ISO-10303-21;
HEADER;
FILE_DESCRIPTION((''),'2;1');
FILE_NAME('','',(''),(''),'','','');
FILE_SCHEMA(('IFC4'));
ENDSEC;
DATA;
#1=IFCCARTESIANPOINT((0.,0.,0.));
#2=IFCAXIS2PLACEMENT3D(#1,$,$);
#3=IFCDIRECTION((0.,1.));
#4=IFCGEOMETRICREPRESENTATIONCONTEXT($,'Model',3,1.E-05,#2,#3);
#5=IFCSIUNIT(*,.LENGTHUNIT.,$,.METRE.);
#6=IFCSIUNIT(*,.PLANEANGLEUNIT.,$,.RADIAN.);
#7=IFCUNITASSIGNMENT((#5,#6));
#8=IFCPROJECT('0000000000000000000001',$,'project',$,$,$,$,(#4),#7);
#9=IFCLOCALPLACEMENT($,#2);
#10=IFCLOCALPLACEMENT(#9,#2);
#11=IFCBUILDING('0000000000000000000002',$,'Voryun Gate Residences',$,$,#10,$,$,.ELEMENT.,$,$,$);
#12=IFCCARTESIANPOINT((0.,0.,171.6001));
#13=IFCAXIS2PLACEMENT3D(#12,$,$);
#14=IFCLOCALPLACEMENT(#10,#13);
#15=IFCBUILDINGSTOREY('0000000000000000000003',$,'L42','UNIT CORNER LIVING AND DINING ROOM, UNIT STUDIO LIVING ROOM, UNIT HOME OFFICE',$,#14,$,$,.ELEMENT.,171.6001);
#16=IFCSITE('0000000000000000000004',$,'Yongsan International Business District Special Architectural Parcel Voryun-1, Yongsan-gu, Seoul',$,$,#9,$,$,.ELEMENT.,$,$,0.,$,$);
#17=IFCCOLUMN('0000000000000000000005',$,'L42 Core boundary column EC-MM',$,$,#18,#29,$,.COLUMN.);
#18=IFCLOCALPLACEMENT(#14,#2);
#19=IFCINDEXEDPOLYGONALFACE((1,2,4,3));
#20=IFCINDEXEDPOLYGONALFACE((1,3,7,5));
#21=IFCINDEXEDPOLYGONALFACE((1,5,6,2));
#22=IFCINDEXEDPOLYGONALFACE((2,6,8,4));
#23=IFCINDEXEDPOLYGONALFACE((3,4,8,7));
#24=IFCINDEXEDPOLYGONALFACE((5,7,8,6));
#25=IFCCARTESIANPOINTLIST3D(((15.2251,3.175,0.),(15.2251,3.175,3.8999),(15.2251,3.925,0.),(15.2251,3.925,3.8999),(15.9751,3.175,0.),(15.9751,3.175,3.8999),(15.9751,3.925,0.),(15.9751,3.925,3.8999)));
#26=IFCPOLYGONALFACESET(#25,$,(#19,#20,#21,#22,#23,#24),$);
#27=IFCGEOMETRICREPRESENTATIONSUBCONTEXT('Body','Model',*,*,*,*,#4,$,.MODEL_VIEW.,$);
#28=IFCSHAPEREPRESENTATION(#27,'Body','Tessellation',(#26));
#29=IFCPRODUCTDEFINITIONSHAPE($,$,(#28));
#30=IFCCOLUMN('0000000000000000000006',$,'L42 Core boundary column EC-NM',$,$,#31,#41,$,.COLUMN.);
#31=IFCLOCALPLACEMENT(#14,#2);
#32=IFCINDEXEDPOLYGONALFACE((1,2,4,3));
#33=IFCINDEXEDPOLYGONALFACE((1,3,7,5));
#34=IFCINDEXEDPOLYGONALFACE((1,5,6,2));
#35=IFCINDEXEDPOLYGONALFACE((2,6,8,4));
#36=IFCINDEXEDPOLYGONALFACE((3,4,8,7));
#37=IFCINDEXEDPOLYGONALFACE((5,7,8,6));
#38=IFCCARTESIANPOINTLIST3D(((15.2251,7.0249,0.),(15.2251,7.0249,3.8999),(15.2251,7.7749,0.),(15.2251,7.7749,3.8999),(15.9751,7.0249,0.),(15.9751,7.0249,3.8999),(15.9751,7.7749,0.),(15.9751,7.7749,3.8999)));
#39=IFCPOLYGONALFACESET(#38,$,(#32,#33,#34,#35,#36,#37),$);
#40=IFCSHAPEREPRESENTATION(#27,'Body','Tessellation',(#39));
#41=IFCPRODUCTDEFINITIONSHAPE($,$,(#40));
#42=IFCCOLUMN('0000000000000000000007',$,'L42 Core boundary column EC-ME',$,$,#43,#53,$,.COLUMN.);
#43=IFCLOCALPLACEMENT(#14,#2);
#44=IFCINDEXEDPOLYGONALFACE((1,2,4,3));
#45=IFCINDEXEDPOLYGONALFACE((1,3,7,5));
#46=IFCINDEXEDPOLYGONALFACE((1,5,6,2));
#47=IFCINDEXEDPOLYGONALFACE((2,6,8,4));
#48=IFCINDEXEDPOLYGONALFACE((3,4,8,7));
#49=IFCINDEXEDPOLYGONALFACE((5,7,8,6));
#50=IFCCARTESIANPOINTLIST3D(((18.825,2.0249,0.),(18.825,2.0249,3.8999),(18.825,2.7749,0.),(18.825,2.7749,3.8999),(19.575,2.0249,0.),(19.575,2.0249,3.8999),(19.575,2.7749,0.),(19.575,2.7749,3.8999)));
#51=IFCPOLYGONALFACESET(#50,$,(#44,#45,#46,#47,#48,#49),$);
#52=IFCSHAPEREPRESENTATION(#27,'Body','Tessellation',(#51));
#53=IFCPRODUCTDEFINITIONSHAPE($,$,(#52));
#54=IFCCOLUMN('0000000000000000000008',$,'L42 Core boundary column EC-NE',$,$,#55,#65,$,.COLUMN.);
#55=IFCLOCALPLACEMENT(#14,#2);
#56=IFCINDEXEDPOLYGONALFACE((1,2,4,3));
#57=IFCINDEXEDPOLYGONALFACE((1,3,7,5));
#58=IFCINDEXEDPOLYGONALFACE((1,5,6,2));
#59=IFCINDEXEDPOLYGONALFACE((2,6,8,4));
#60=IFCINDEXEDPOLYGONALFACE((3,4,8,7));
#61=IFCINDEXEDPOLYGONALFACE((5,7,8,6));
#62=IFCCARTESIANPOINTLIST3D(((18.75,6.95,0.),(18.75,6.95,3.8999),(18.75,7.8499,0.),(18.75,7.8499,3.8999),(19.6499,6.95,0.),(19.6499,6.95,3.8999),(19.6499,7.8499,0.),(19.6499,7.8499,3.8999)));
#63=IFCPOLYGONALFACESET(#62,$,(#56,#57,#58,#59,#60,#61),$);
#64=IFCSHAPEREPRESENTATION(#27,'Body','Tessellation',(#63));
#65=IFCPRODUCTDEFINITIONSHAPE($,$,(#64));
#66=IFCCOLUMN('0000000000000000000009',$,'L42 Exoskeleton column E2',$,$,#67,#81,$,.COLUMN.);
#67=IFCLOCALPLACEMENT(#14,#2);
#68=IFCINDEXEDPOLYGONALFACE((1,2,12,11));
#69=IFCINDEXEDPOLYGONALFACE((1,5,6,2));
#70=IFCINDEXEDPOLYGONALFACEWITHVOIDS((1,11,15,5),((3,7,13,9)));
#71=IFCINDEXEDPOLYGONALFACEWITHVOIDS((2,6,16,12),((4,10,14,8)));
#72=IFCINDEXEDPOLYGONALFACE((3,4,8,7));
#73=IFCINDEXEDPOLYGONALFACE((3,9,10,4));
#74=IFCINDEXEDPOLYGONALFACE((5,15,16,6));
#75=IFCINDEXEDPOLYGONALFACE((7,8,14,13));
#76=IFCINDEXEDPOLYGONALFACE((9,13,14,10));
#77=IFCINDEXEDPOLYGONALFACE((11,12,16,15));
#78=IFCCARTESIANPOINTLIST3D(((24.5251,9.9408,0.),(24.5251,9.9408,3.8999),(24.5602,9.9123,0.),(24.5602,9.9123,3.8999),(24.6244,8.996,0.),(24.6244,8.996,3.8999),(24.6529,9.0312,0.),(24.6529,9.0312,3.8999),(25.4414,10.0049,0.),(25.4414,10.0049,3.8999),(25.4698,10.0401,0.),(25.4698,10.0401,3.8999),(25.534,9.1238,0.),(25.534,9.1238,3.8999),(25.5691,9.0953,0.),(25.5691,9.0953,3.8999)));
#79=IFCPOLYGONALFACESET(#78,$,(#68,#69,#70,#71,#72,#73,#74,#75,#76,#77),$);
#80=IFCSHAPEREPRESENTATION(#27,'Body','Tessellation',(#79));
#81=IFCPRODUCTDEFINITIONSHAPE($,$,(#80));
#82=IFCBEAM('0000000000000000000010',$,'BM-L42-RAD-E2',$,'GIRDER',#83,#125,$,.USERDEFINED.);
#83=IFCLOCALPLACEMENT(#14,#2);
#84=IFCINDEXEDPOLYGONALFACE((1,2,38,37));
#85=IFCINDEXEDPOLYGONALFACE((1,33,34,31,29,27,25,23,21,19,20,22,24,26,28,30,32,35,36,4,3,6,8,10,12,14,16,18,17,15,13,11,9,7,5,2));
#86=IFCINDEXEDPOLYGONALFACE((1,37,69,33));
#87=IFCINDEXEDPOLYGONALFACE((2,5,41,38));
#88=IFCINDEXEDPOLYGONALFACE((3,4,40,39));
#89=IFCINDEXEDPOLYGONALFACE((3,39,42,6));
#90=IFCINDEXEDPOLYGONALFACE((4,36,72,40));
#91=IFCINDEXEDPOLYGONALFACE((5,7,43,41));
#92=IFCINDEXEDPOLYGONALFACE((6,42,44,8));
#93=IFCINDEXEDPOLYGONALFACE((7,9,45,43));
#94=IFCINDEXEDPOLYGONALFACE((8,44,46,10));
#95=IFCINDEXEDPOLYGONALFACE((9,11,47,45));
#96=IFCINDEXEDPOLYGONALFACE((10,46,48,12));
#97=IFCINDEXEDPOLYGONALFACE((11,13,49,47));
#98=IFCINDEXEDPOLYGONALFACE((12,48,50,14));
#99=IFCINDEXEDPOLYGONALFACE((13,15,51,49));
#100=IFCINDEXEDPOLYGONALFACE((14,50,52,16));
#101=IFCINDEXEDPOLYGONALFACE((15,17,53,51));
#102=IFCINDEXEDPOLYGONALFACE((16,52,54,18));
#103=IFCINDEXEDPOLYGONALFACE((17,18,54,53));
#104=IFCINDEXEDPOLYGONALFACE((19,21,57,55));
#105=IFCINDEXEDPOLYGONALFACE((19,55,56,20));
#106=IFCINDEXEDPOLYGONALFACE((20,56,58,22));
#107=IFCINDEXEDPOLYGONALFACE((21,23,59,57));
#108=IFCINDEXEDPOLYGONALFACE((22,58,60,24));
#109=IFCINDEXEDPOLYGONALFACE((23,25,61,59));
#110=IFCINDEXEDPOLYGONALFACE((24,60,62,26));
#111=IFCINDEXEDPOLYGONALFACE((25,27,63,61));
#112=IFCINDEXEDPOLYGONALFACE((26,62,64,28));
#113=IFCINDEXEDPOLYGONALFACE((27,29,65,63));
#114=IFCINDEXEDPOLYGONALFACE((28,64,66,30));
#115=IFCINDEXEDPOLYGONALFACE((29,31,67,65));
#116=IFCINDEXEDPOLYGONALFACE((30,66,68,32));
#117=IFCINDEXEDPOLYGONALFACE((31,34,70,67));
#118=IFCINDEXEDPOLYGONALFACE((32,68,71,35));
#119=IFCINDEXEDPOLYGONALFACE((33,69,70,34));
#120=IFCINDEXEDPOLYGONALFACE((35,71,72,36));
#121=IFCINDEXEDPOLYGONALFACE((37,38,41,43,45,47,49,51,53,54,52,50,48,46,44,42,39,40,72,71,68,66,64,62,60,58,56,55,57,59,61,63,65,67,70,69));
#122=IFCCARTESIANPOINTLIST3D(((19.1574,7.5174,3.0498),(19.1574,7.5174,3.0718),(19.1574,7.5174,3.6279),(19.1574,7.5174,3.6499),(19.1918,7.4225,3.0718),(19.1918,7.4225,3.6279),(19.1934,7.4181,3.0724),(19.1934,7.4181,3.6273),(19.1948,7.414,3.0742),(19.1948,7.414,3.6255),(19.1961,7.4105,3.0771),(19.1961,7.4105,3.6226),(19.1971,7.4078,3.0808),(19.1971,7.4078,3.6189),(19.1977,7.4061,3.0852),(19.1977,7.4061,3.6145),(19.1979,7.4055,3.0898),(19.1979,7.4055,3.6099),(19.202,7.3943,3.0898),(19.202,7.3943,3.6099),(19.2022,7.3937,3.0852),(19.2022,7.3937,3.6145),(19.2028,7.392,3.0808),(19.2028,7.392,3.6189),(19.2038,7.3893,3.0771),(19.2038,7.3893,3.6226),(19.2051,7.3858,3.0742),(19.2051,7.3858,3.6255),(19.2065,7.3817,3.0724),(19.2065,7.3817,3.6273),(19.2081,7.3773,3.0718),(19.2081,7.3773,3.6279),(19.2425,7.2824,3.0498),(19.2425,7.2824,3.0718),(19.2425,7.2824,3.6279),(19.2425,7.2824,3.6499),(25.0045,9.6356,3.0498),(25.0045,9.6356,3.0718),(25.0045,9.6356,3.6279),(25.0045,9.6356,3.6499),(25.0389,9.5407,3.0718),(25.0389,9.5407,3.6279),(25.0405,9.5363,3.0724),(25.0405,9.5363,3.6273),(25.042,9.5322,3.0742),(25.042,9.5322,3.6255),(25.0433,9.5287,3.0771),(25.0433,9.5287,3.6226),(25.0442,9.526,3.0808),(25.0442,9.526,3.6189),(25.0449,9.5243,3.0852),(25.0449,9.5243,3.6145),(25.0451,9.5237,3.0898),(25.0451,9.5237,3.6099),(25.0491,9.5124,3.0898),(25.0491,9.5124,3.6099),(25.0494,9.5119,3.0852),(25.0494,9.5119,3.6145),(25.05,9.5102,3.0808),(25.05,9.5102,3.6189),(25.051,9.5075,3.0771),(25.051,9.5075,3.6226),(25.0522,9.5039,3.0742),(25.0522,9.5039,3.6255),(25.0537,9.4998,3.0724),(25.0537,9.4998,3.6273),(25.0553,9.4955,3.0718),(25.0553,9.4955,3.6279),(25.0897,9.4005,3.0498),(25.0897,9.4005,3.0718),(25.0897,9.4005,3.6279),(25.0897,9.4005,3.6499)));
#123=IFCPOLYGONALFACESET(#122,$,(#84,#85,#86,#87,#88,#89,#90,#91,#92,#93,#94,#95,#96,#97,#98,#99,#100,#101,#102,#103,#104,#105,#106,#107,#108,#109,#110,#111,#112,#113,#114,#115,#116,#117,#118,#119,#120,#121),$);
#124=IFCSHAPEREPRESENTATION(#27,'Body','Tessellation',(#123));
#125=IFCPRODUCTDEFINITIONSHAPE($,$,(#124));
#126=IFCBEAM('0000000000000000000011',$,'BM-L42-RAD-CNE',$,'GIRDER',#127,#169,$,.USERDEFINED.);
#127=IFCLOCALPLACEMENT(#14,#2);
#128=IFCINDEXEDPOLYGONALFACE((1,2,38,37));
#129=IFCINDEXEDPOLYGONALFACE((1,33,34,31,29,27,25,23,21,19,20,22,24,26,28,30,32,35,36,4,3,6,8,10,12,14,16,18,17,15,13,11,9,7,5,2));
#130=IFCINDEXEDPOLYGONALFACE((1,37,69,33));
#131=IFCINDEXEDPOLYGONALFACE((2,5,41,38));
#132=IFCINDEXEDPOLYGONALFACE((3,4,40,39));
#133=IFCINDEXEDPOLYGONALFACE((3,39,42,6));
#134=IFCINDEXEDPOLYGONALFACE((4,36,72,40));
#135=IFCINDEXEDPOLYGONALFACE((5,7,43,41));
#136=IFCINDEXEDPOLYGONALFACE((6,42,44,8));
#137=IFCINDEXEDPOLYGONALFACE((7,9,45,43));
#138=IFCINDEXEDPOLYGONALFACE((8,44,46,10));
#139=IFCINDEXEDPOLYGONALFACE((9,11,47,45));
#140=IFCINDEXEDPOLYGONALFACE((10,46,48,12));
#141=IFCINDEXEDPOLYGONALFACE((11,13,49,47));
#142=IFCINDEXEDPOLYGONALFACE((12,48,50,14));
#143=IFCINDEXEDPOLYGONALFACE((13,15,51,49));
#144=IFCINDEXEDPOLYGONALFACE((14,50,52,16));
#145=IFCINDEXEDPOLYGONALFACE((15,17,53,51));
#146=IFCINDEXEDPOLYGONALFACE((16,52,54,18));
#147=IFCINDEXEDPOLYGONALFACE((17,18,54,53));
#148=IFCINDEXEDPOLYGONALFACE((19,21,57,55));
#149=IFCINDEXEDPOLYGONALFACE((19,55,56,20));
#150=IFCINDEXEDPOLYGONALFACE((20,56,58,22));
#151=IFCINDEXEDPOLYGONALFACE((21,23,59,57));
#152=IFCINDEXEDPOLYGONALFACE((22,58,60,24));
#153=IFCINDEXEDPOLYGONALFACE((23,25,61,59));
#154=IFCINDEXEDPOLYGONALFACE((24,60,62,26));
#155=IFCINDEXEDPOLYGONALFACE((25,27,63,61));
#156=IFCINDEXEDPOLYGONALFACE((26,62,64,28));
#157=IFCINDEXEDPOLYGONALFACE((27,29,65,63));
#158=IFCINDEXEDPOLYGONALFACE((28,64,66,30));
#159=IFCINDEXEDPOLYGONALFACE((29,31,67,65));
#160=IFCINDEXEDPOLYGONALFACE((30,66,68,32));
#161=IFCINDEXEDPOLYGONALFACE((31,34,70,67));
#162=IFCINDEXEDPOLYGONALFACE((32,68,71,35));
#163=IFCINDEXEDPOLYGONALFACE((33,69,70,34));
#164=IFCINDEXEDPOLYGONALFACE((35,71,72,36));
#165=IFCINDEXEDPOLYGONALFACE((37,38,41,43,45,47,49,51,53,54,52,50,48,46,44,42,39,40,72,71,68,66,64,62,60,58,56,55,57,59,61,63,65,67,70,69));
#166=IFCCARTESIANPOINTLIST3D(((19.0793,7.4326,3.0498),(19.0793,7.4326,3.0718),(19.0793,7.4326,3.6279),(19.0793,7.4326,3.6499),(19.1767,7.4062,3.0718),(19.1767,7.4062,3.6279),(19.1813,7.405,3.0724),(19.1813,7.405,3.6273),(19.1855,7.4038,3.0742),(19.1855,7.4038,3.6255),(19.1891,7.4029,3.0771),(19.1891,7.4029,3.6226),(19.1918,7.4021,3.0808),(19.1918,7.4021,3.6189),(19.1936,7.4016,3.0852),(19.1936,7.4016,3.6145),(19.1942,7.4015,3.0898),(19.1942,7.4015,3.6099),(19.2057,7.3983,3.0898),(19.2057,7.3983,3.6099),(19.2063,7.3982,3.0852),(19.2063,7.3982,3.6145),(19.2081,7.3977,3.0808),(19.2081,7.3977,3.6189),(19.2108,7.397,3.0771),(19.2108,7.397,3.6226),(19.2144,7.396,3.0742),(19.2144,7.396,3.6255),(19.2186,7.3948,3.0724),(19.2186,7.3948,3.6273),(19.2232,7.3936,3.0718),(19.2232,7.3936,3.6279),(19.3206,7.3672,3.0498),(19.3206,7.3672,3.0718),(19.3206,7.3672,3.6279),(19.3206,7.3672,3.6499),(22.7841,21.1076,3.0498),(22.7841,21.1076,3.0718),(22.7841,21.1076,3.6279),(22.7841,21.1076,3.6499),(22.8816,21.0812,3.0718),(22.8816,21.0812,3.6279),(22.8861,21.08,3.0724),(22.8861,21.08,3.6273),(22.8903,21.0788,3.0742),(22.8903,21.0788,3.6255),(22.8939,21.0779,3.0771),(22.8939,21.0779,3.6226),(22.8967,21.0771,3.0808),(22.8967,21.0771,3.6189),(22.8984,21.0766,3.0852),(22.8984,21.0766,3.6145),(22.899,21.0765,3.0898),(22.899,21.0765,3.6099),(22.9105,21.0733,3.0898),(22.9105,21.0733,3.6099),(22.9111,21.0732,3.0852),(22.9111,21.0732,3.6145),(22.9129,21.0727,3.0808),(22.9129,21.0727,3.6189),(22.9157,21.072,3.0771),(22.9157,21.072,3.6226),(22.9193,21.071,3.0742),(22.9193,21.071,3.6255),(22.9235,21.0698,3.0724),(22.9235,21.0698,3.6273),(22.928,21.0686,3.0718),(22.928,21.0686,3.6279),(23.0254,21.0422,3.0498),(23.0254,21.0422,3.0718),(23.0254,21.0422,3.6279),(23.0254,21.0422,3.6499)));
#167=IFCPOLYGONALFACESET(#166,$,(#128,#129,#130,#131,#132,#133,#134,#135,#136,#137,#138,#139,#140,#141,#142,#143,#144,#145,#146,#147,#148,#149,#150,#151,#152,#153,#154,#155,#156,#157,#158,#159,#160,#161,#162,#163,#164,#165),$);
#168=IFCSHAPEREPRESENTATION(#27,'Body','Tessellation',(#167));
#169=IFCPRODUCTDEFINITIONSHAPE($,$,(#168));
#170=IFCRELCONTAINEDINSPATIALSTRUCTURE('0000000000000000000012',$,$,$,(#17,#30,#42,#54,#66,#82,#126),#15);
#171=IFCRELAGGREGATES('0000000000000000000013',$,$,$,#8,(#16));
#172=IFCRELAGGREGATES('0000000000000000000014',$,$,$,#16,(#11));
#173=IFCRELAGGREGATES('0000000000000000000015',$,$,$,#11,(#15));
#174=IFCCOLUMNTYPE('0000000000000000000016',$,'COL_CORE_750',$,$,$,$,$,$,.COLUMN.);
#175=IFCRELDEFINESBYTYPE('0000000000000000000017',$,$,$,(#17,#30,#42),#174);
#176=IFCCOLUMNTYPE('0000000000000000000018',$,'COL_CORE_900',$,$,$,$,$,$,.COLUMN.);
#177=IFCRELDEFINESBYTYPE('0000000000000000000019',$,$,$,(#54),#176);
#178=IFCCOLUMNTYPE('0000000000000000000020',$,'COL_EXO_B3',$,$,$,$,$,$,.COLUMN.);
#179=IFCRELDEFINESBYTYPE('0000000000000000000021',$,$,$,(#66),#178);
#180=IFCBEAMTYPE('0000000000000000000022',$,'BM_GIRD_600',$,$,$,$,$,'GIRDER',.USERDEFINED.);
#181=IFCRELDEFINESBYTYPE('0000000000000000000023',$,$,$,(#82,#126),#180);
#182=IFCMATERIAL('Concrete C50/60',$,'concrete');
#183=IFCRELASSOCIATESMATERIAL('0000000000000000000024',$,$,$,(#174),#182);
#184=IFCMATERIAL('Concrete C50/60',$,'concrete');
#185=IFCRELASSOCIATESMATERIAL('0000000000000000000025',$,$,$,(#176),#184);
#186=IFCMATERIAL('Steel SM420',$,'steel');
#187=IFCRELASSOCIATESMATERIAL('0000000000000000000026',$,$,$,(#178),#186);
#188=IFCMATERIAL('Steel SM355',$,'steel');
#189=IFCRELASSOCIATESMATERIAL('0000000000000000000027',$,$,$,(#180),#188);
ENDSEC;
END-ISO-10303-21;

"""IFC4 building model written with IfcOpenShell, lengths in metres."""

from ifc_helpers import new_model, si_unit, direction, frame, origin, origin_2d, place, context, subcontext, project, spatial, rectangle, hollow_rectangle, i_section, extrude, material, material_profile, profile_set, type_object, element, save


model = new_model("IFC4")

# Units and contexts
model_context = context("Model", 3, precision=1e-05, world=origin(), true_north=direction((0.0, 1.0)))
body_context = subcontext(model_context, "Body", "Model", "MODEL_VIEW")
ifc_project = project(units=[si_unit("LENGTHUNIT", "METRE"), si_unit("PLANEANGLEUNIT", "RADIAN")], contexts=[model_context])

# Site, building, storey
site_placement = place(None, origin())
site = spatial("IfcSite", under=ifc_project, at=site_placement, Name="Yongsan International Business District Special Architectural Parcel Voryun-1, Yongsan-gu, Seoul", CompositionType="ELEMENT", RefElevation=0.0)
building_placement = place(site_placement, origin())
building = spatial("IfcBuilding", under=site, at=building_placement, Name="Voryun Gate Residences", CompositionType="ELEMENT")
storey_placement = place(building_placement, frame((0.0, 0.0, 171.6001)))
storey = spatial("IfcBuildingStorey", under=building, at=storey_placement, Name="L42", Description="UNIT CORNER LIVING AND DINING ROOM, UNIT STUDIO LIVING ROOM, UNIT HOME OFFICE", CompositionType="ELEMENT", Elevation=171.6001)

# Columns
ifc_material_1 = material(Name="Concrete C50/60", Category="concrete")
ifc_material_profile_1 = material_profile(ifc_material_1, rectangle(XDim=0.75, YDim=0.75, at=origin_2d()), Name="RC-750x750")
ifc_profile_set_1 = profile_set([ifc_material_profile_1], Name="Concrete C50/60")
column_type_1 = type_object("IfcColumnType", Name="COL_CORE_750", PredefinedType="COLUMN", material=ifc_profile_set_1)
for number, where, z_axis, x_axis, name in (
    (1, (15.6001, 3.55, 0.0), (0.0, 0.0, 1.0), (1.0, 0.0, 0.0), "L42 Core boundary column EC-MM"),
    (2, (15.6001, 7.3999, 0.0), (0.0, 0.0, 1.0), (1.0, 0.0, 0.0), "L42 Core boundary column EC-NM"),
    (3, (19.2, 2.3999, 0.0), (0.0, 0.0, 1.0), (1.0, 0.0, 0.0), "L42 Core boundary column EC-ME"),
):
    element("IfcColumn", number, at=place(storey_placement, frame(where, z_axis=z_axis, x_axis=x_axis)), inside=storey, type_object=column_type_1, Name=name, PredefinedType="COLUMN", context=body_context, shape_type="SweptSolid", body=[
        extrude(rectangle(XDim=0.75, YDim=0.75, at=origin_2d()), origin(), (0.0, 0.0, 1.0), 3.8999),
    ])
ifc_material_2 = material(Name="Concrete C50/60", Category="concrete")
ifc_material_profile_2 = material_profile(ifc_material_2, rectangle(XDim=0.8999, YDim=0.8999, at=origin_2d()), Name="RC-900x900")
ifc_profile_set_2 = profile_set([ifc_material_profile_2], Name="Concrete C50/60")
column_type_2 = type_object("IfcColumnType", Name="COL_CORE_900", PredefinedType="COLUMN", material=ifc_profile_set_2)
column_1_placement = place(storey_placement, frame((19.2, 7.3999, 0.0), z_axis=(0.0, 0.0, 1.0), x_axis=(1.0, 0.0, 0.0)))
element("IfcColumn", 4, at=column_1_placement, inside=storey, type_object=column_type_2, Name="L42 Core boundary column EC-NE", PredefinedType="COLUMN", context=body_context, shape_type="SweptSolid", body=[
    extrude(rectangle(XDim=0.8999, YDim=0.8999, at=origin_2d()), origin(), (0.0, 0.0, 1.0), 3.8999),
])
ifc_material_3 = material(Name="Steel SM420", Category="steel")
ifc_material_profile_3 = material_profile(ifc_material_3, hollow_rectangle(XDim=0.95, YDim=0.95, WallThickness=0.032, at=origin_2d()), Name="BOX-950x950x32")
ifc_profile_set_3 = profile_set([ifc_material_profile_3], Name="Steel SM420")
column_type_3 = type_object("IfcColumnType", Name="COL_EXO_B3", PredefinedType="COLUMN", material=ifc_profile_set_3)
column_2_placement = place(storey_placement, frame((25.0471, 9.5181, 0.0), z_axis=(0.0, 0.0, 1.0), x_axis=(0.994522, 0.104528, 0.0)))
element("IfcColumn", 5, at=column_2_placement, inside=storey, type_object=column_type_3, Name="L42 Exoskeleton column E2", PredefinedType="COLUMN", context=body_context, shape_type="SweptSolid", body=[
    extrude(hollow_rectangle(XDim=0.95, YDim=0.95, WallThickness=0.032, at=origin_2d()), origin(), (0.0, 0.0, 1.0), 3.8999),
])

# Beams
ifc_material_4 = material(Name="Steel SM355", Category="steel")
ifc_material_profile_4 = material_profile(ifc_material_4, i_section(OverallWidth=0.25, OverallDepth=0.6001, WebThickness=0.012, FlangeThickness=0.022, FilletRadius=0.0181, at=origin_2d()), Name="H-600x250x12x22")
ifc_profile_set_4 = profile_set([ifc_material_profile_4], Name="Steel SM355")
beam_type = type_object("IfcBeamType", Name="BM_GIRD_600", ElementType="GIRDER", PredefinedType="USERDEFINED", material=ifc_profile_set_4)
beam_1_placement = place(storey_placement, frame((19.2, 7.3999, 3.3499), z_axis=(0.94021, 0.340595, 0.0), x_axis=(-0.340595, 0.94021, 0.0)))
element("IfcBeam", 6, at=beam_1_placement, inside=storey, type_object=beam_type, Name="BM-L42-RAD-E2", ObjectType="GIRDER", PredefinedType="USERDEFINED", context=body_context, shape_type="SweptSolid", body=[
    extrude(i_section(OverallWidth=0.25, OverallDepth=0.6001, WebThickness=0.012, FlangeThickness=0.022, FilletRadius=0.0181, at=origin_2d()), origin(), (0.0, 0.0, 1.0), 6.219),
])
beam_2_placement = place(storey_placement, frame((19.2, 7.3999, 3.3499), z_axis=(0.261493, 0.965205, 0.0), x_axis=(-0.965205, 0.261493, 0.0)))
element("IfcBeam", 7, at=beam_2_placement, inside=storey, type_object=beam_type, Name="BM-L42-RAD-CNE", ObjectType="GIRDER", PredefinedType="USERDEFINED", context=body_context, shape_type="SweptSolid", body=[
    extrude(i_section(OverallWidth=0.25, OverallDepth=0.6001, WebThickness=0.012, FlangeThickness=0.022, FilletRadius=0.0181, at=origin_2d()), origin(), (0.0, 0.0, 1.0), 14.168),
])

save(model, "model.ifc")
